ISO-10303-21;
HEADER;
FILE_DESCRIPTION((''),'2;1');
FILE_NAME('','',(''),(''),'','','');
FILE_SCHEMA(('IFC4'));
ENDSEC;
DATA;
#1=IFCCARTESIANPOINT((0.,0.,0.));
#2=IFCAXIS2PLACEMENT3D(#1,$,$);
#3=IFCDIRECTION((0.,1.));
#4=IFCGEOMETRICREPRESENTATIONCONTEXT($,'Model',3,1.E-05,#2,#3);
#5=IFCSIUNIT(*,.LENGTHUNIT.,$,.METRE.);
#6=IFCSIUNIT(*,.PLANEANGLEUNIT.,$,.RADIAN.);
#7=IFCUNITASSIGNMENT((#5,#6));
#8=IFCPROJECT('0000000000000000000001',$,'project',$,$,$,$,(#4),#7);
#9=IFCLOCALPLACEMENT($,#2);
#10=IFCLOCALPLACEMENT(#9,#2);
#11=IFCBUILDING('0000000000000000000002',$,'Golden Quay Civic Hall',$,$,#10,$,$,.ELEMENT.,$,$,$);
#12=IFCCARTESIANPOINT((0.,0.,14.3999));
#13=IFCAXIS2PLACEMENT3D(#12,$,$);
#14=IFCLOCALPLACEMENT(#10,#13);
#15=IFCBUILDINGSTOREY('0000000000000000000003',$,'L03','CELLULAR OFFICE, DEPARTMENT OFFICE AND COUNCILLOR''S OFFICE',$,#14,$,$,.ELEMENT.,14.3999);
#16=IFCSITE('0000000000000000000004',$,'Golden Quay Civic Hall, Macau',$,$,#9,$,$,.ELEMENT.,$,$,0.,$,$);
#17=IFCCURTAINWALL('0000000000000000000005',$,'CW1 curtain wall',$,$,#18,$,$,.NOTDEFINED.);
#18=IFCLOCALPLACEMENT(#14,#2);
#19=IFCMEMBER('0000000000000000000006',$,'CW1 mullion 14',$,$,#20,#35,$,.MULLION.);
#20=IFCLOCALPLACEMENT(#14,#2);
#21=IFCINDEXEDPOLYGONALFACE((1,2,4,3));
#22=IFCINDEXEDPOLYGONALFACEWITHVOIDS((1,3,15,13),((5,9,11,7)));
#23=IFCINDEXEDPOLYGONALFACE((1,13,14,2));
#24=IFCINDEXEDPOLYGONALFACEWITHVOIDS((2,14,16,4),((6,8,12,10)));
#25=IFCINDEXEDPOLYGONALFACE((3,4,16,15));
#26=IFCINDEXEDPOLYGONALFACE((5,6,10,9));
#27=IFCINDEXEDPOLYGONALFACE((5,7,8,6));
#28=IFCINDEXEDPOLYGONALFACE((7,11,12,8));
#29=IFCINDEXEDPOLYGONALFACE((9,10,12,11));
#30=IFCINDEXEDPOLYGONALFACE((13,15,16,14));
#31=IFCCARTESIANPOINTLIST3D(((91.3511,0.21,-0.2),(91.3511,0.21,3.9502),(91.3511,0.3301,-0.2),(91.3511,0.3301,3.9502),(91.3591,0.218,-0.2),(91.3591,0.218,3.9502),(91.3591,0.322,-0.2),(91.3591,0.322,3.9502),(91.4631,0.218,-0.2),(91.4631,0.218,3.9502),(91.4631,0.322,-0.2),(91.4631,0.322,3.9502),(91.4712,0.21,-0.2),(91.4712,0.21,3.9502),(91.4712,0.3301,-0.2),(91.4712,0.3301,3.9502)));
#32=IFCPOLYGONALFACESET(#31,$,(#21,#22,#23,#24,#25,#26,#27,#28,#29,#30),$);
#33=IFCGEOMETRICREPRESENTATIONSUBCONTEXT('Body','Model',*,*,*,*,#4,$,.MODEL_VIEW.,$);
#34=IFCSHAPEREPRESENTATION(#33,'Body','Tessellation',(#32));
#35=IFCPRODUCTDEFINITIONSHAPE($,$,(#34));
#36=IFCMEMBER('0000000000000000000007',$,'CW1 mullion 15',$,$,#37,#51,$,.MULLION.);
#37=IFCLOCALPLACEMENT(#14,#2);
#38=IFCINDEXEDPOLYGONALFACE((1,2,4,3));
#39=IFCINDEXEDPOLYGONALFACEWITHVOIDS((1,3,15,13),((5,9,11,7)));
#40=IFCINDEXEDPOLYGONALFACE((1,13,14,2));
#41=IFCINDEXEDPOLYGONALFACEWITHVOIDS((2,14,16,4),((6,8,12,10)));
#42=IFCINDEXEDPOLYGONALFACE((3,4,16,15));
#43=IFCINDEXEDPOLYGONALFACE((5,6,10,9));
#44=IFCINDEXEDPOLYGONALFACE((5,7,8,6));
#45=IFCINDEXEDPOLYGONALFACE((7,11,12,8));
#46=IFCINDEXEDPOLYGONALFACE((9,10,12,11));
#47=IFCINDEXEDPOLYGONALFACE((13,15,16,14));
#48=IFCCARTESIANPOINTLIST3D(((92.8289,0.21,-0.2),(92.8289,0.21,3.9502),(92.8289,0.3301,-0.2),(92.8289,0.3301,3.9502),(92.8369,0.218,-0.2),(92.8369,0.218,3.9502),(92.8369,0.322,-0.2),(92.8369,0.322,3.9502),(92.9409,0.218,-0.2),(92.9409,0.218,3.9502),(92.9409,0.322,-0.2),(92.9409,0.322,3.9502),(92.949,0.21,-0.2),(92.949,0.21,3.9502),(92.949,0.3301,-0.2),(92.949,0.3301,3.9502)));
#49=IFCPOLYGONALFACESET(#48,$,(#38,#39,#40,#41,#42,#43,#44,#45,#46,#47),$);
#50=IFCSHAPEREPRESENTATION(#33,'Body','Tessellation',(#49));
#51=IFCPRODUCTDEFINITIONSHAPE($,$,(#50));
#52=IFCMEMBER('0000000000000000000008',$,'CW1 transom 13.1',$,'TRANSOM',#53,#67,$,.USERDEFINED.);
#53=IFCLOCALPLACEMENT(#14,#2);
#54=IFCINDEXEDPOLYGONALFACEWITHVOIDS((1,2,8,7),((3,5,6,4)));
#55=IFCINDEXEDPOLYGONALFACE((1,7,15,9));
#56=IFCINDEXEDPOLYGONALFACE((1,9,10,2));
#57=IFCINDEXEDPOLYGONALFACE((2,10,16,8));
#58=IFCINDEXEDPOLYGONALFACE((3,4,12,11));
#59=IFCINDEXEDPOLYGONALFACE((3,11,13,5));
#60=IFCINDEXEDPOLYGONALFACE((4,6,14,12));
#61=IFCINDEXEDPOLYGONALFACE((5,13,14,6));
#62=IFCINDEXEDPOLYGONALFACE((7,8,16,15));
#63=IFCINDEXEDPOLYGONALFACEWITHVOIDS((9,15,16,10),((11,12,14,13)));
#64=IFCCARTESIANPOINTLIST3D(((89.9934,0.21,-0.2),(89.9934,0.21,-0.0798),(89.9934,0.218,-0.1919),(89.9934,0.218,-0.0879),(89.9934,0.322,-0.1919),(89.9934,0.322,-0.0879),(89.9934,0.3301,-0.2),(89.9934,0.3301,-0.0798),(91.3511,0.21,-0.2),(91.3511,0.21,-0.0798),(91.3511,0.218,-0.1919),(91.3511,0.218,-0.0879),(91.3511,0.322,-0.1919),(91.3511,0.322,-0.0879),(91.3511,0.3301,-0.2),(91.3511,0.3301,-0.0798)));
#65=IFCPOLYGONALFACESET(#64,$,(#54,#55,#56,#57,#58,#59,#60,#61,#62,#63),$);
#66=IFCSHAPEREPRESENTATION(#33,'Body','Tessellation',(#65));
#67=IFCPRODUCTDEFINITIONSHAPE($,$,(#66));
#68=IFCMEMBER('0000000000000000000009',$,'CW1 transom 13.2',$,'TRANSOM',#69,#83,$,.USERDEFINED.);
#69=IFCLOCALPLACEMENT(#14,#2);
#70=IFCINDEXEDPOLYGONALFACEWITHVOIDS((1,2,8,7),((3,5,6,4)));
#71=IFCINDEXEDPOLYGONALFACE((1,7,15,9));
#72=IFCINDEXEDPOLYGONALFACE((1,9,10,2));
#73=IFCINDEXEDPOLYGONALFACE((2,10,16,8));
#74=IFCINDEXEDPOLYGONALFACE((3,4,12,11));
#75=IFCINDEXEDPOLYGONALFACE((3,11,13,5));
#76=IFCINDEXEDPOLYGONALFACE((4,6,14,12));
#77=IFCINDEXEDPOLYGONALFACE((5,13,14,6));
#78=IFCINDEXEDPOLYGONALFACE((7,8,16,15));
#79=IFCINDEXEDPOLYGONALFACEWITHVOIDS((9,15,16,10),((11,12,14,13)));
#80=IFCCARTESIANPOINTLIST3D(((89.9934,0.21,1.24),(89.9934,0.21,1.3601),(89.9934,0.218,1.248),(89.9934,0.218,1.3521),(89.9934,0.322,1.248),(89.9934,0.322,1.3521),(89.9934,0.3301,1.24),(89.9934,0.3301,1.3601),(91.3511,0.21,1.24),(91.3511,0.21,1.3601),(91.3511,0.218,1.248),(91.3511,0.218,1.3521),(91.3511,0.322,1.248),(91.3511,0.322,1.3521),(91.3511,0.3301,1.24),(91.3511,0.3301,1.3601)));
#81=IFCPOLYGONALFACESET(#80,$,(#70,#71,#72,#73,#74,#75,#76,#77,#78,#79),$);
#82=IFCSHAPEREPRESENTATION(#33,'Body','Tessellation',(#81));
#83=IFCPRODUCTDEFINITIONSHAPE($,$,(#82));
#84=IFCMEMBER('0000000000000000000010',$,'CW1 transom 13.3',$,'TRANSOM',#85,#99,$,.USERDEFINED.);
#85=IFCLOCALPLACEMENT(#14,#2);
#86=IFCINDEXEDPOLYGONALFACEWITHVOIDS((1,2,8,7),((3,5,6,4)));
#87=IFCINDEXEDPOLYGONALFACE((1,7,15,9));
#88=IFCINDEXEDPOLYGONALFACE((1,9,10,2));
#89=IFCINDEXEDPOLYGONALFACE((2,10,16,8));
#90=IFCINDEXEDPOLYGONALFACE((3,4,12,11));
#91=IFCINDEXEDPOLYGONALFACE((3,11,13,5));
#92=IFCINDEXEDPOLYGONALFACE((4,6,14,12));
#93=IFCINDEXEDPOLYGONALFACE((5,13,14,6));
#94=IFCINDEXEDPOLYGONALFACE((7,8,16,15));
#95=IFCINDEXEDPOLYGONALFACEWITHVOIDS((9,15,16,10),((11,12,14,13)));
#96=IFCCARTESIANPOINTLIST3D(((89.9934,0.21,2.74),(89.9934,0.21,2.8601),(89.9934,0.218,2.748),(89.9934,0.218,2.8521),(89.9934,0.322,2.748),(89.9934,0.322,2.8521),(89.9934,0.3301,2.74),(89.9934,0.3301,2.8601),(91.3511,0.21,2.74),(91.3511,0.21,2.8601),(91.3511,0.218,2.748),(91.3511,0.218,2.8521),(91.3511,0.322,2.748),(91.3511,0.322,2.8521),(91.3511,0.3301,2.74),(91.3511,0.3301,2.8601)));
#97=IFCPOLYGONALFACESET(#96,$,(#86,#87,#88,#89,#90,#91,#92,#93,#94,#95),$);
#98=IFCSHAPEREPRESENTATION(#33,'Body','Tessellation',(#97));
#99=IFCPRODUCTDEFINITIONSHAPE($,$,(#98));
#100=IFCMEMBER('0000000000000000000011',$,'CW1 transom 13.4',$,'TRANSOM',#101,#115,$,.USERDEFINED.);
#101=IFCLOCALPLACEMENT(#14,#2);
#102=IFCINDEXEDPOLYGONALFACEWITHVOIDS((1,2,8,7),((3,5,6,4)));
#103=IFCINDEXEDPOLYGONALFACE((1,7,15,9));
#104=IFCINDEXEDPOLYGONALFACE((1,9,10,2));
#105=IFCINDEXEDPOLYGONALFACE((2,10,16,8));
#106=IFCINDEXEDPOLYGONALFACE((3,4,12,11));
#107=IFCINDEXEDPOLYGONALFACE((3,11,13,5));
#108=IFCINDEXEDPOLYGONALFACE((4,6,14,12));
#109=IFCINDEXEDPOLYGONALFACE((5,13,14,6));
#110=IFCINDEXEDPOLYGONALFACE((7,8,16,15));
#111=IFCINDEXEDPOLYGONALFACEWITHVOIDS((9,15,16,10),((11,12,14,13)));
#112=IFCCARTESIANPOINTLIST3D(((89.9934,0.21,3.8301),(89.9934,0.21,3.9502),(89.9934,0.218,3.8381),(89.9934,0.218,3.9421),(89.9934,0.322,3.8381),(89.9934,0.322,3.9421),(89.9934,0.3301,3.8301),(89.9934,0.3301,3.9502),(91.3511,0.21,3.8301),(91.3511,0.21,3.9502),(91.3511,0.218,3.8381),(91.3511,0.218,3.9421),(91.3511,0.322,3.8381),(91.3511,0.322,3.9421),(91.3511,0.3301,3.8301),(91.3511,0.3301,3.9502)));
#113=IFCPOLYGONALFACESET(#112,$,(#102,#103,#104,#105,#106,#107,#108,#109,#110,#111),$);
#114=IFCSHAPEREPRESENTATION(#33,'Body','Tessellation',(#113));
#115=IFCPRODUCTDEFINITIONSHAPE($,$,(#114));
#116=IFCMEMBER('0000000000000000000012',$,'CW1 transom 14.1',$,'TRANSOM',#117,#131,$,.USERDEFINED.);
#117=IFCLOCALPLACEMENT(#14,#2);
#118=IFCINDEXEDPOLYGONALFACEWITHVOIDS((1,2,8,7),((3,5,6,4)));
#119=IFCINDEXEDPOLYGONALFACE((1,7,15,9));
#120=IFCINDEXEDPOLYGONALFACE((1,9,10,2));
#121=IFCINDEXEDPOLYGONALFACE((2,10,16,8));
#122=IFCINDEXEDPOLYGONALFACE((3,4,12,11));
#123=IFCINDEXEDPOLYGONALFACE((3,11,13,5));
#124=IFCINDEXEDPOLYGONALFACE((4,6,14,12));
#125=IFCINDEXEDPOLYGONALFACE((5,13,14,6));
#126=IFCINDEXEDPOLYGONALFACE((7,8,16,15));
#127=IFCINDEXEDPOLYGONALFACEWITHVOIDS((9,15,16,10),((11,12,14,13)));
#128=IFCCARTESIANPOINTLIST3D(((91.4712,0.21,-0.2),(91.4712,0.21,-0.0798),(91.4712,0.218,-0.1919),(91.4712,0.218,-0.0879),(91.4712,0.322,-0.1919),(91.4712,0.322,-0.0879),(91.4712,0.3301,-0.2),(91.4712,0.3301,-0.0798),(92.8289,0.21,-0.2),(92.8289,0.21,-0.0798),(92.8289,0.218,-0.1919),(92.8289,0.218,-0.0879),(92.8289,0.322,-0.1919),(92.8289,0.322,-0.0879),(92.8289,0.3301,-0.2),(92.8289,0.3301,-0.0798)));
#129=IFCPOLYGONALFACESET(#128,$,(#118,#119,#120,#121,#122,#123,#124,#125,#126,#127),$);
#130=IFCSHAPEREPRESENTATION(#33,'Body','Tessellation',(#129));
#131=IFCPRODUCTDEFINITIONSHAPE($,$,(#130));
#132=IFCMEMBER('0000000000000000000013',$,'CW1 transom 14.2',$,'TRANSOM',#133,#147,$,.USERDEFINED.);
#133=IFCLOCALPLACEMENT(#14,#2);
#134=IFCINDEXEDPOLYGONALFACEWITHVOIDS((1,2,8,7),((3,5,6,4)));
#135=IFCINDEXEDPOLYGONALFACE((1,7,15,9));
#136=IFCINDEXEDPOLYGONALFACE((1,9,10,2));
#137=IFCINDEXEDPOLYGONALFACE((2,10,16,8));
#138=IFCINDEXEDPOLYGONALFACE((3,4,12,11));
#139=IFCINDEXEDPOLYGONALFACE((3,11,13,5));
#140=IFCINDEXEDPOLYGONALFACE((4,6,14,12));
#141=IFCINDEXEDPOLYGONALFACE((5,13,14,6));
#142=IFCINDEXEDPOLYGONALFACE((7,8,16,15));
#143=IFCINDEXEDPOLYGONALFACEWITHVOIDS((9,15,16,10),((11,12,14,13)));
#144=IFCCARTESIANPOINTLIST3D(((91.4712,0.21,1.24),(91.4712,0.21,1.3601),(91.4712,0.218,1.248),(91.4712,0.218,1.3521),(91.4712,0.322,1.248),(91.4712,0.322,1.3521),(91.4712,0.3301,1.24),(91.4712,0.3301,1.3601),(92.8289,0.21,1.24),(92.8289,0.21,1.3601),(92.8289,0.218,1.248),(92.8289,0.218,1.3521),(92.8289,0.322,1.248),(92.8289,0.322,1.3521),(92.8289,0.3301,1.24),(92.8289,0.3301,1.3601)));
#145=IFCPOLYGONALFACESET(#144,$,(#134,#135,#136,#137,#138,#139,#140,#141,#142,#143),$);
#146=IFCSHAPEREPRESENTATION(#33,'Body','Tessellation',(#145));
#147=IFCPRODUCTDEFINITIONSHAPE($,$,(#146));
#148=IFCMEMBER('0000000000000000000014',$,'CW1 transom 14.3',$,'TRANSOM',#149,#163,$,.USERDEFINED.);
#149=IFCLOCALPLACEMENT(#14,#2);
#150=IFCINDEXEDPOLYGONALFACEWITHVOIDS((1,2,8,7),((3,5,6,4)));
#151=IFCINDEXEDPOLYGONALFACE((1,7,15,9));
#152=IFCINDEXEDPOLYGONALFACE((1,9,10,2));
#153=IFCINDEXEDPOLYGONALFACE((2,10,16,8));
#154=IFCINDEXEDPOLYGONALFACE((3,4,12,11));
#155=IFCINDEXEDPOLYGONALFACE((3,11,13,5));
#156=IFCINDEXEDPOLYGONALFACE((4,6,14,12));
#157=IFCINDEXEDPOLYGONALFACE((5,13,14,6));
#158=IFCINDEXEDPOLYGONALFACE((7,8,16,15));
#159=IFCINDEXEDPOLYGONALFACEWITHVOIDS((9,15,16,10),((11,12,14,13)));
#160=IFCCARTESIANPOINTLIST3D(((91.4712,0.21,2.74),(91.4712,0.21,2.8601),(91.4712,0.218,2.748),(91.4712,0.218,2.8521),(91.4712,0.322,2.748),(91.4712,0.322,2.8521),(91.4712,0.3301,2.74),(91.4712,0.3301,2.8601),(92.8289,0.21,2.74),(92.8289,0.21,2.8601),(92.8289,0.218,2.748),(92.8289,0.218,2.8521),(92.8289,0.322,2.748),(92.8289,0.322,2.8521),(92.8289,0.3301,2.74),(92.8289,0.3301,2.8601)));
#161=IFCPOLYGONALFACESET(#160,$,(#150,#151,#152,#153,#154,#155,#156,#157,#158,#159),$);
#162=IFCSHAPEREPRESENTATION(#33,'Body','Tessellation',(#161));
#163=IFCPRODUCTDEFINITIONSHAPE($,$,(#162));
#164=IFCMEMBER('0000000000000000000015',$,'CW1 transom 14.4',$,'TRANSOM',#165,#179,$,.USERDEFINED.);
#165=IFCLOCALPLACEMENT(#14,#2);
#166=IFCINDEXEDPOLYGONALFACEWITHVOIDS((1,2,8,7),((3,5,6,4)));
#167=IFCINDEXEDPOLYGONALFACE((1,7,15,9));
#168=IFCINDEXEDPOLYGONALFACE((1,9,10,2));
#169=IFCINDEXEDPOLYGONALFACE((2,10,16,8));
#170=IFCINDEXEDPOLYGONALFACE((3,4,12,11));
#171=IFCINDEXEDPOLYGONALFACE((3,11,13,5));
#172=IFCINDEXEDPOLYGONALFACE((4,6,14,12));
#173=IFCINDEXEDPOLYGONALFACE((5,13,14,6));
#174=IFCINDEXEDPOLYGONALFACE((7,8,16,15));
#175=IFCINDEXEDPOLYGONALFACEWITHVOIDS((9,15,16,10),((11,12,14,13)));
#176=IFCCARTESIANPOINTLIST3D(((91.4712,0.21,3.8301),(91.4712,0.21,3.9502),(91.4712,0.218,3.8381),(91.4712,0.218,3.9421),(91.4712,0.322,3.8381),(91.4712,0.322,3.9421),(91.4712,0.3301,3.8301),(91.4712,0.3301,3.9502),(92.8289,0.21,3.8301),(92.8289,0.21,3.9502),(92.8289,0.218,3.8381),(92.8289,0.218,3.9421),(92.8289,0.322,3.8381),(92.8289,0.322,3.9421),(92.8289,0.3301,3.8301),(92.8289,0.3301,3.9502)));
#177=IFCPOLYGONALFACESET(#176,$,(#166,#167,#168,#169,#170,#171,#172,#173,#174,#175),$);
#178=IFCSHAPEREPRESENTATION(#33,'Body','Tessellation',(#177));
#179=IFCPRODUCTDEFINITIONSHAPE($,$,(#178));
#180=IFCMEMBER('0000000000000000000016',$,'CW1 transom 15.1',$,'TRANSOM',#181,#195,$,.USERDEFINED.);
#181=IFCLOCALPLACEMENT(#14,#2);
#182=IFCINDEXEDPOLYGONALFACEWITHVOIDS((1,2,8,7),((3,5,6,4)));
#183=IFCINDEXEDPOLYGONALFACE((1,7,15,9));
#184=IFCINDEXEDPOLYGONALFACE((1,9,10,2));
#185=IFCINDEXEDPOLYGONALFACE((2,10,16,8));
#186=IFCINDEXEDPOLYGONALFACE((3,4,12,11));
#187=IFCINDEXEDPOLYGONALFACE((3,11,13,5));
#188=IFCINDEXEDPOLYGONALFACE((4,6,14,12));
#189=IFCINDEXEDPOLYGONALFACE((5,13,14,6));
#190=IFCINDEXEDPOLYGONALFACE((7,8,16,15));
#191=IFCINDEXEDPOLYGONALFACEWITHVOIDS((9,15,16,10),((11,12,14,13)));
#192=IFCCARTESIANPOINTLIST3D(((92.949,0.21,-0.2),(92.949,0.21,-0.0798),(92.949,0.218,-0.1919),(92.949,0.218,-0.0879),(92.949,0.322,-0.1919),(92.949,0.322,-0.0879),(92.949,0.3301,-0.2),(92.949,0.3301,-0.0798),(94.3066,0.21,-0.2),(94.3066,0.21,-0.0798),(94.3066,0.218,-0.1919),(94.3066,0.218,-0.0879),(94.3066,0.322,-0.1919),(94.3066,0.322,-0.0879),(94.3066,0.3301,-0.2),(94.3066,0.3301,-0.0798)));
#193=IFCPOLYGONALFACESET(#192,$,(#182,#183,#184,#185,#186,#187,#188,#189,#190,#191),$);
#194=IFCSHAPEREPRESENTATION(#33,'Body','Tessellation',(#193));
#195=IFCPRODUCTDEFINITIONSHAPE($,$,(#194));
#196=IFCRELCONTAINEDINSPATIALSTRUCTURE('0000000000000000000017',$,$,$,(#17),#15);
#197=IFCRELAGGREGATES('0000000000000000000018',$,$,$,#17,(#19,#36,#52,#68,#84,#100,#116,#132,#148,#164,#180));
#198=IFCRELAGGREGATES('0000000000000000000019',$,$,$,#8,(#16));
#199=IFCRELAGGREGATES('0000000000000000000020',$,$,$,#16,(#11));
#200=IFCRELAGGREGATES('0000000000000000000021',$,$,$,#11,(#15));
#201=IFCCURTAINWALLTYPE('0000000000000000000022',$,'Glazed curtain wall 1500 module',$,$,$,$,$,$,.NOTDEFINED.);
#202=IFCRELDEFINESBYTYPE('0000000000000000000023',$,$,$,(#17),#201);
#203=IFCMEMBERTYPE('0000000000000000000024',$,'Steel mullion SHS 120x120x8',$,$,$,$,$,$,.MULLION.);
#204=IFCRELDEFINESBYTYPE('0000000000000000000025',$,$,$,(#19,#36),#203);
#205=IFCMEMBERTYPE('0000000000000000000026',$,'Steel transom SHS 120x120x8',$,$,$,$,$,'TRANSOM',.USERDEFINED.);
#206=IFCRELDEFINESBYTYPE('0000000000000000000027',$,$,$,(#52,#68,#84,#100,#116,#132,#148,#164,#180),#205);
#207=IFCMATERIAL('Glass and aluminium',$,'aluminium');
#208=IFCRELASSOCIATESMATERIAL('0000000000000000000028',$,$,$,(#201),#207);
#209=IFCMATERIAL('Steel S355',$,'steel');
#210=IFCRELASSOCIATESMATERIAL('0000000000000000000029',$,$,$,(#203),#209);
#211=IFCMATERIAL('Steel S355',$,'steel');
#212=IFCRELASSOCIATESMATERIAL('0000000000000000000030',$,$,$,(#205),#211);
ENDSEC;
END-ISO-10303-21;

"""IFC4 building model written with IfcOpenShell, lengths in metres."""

from ifc_helpers import new_model, si_unit, direction, frame, origin, origin_2d, place, context, subcontext, project, spatial, hollow_rectangle, extrude, material, material_profile, profile_set, type_object, element, aggregate, save


model = new_model("IFC4")

# Units and contexts
model_context = context("Model", 3, precision=1e-05, world=origin(), true_north=direction((0.0, 1.0)))
body_context = subcontext(model_context, "Body", "Model", "MODEL_VIEW")
ifc_project = project(units=[si_unit("LENGTHUNIT", "METRE"), si_unit("PLANEANGLEUNIT", "RADIAN")], contexts=[model_context])

# Site, building, storey
site_placement = place(None, origin())
site = spatial("IfcSite", under=ifc_project, at=site_placement, Name="Golden Quay Civic Hall, Macau", CompositionType="ELEMENT", RefElevation=0.0)
building_placement = place(site_placement, origin())
building = spatial("IfcBuilding", under=site, at=building_placement, Name="Golden Quay Civic Hall", CompositionType="ELEMENT")
storey_placement = place(building_placement, frame((0.0, 0.0, 14.3999)))
storey = spatial("IfcBuildingStorey", under=building, at=storey_placement, Name="L03", Description="CELLULAR OFFICE, DEPARTMENT OFFICE AND COUNCILLOR'S OFFICE", CompositionType="ELEMENT", Elevation=14.3999)

# Curtain wall, members
ifc_material_1 = material(Name="Glass and aluminium", Category="aluminium")
curtain_wall_type = type_object("IfcCurtainWallType", Name="Glazed curtain wall 1500 module", PredefinedType="NOTDEFINED", material=ifc_material_1)
curtain_wall_placement = place(storey_placement, origin())
curtain_wall = element("IfcCurtainWall", 1, at=curtain_wall_placement, inside=storey, type_object=curtain_wall_type, Name="CW1 curtain wall", PredefinedType="NOTDEFINED")
ifc_material_2 = material(Name="Steel S355", Category="steel")
ifc_material_profile_1 = material_profile(ifc_material_2, hollow_rectangle(XDim=0.1201, YDim=0.1201, WallThickness=0.0081, at=origin_2d()), Name="SHS 120x120x8")
ifc_profile_set_1 = profile_set([ifc_material_profile_1], Name="Steel S355")
member_type_1 = type_object("IfcMemberType", Name="Steel mullion SHS 120x120x8", PredefinedType="MULLION", material=ifc_profile_set_1)
member_1_placement = place(storey_placement, frame((91.4111, 0.27, -0.2), z_axis=(0.0, 0.0, 1.0), x_axis=(0.0, 1.0, 0.0)))
member_1 = element("IfcMember", 2, at=member_1_placement, type_object=member_type_1, Name="CW1 mullion 14", PredefinedType="MULLION", context=body_context, shape_type="SweptSolid", body=[
    extrude(hollow_rectangle(XDim=0.1201, YDim=0.1201, WallThickness=0.0081, at=origin_2d()), origin(), (0.0, 0.0, 1.0), 4.1501),
])
member_2_placement = place(storey_placement, frame((92.8889, 0.27, -0.2), z_axis=(0.0, 0.0, 1.0), x_axis=(0.0, 1.0, 0.0)))
member_2 = element("IfcMember", 3, at=member_2_placement, type_object=member_type_1, Name="CW1 mullion 15", PredefinedType="MULLION", context=body_context, shape_type="SweptSolid", body=[
    extrude(hollow_rectangle(XDim=0.1201, YDim=0.1201, WallThickness=0.0081, at=origin_2d()), origin(), (0.0, 0.0, 1.0), 4.1501),
])
ifc_material_3 = material(Name="Steel S355", Category="steel")
ifc_material_profile_2 = material_profile(ifc_material_3, hollow_rectangle(XDim=0.1201, YDim=0.1201, WallThickness=0.0081, at=origin_2d()), Name="SHS 120x120x8")
ifc_profile_set_2 = profile_set([ifc_material_profile_2], Name="Steel S355")
member_type_2 = type_object("IfcMemberType", Name="Steel transom SHS 120x120x8", ElementType="TRANSOM", PredefinedType="USERDEFINED", material=ifc_profile_set_2)
member_3_placement = place(storey_placement, frame((89.9934, 0.27, -0.1399), z_axis=(1.0, 0.0, 0.0), x_axis=(0.0, 1.0, 0.0)))
member_3 = element("IfcMember", 4, at=member_3_placement, type_object=member_type_2, Name="CW1 transom 13.1", ObjectType="TRANSOM", PredefinedType="USERDEFINED", context=body_context, shape_type="SweptSolid", body=[
    extrude(hollow_rectangle(XDim=0.1201, YDim=0.1201, WallThickness=0.0081, at=origin_2d()), origin(), (0.0, 0.0, 1.0), 1.3577),
])
member_4_placement = place(storey_placement, frame((89.9934, 0.27, 1.3), z_axis=(1.0, 0.0, 0.0), x_axis=(0.0, 1.0, 0.0)))
member_4 = element("IfcMember", 5, at=member_4_placement, type_object=member_type_2, Name="CW1 transom 13.2", ObjectType="TRANSOM", PredefinedType="USERDEFINED", context=body_context, shape_type="SweptSolid", body=[
    extrude(hollow_rectangle(XDim=0.1201, YDim=0.1201, WallThickness=0.0081, at=origin_2d()), origin(), (0.0, 0.0, 1.0), 1.3577),
])
member_5_placement = place(storey_placement, frame((89.9934, 0.27, 2.8), z_axis=(1.0, 0.0, 0.0), x_axis=(0.0, 1.0, 0.0)))
member_5 = element("IfcMember", 6, at=member_5_placement, type_object=member_type_2, Name="CW1 transom 13.3", ObjectType="TRANSOM", PredefinedType="USERDEFINED", context=body_context, shape_type="SweptSolid", body=[
    extrude(hollow_rectangle(XDim=0.1201, YDim=0.1201, WallThickness=0.0081, at=origin_2d()), origin(), (0.0, 0.0, 1.0), 1.3577),
])
member_6_placement = place(storey_placement, frame((89.9934, 0.27, 3.8901), z_axis=(1.0, 0.0, 0.0), x_axis=(0.0, 1.0, 0.0)))
member_6 = element("IfcMember", 7, at=member_6_placement, type_object=member_type_2, Name="CW1 transom 13.4", ObjectType="TRANSOM", PredefinedType="USERDEFINED", context=body_context, shape_type="SweptSolid", body=[
    extrude(hollow_rectangle(XDim=0.1201, YDim=0.1201, WallThickness=0.0081, at=origin_2d()), origin(), (0.0, 0.0, 1.0), 1.3577),
])
member_7_placement = place(storey_placement, frame((91.4712, 0.27, -0.1399), z_axis=(1.0, 0.0, 0.0), x_axis=(0.0, 1.0, 0.0)))
member_7 = element("IfcMember", 8, at=member_7_placement, type_object=member_type_2, Name="CW1 transom 14.1", ObjectType="TRANSOM", PredefinedType="USERDEFINED", context=body_context, shape_type="SweptSolid", body=[
    extrude(hollow_rectangle(XDim=0.1201, YDim=0.1201, WallThickness=0.0081, at=origin_2d()), origin(), (0.0, 0.0, 1.0), 1.3577),
])
member_8_placement = place(storey_placement, frame((91.4712, 0.27, 1.3), z_axis=(1.0, 0.0, 0.0), x_axis=(0.0, 1.0, 0.0)))
member_8 = element("IfcMember", 9, at=member_8_placement, type_object=member_type_2, Name="CW1 transom 14.2", ObjectType="TRANSOM", PredefinedType="USERDEFINED", context=body_context, shape_type="SweptSolid", body=[
    extrude(hollow_rectangle(XDim=0.1201, YDim=0.1201, WallThickness=0.0081, at=origin_2d()), origin(), (0.0, 0.0, 1.0), 1.3577),
])
member_9_placement = place(storey_placement, frame((91.4712, 0.27, 2.8), z_axis=(1.0, 0.0, 0.0), x_axis=(0.0, 1.0, 0.0)))
member_9 = element("IfcMember", 10, at=member_9_placement, type_object=member_type_2, Name="CW1 transom 14.3", ObjectType="TRANSOM", PredefinedType="USERDEFINED", context=body_context, shape_type="SweptSolid", body=[
    extrude(hollow_rectangle(XDim=0.1201, YDim=0.1201, WallThickness=0.0081, at=origin_2d()), origin(), (0.0, 0.0, 1.0), 1.3577),
])
member_10_placement = place(storey_placement, frame((91.4712, 0.27, 3.8901), z_axis=(1.0, 0.0, 0.0), x_axis=(0.0, 1.0, 0.0)))
member_10 = element("IfcMember", 11, at=member_10_placement, type_object=member_type_2, Name="CW1 transom 14.4", ObjectType="TRANSOM", PredefinedType="USERDEFINED", context=body_context, shape_type="SweptSolid", body=[
    extrude(hollow_rectangle(XDim=0.1201, YDim=0.1201, WallThickness=0.0081, at=origin_2d()), origin(), (0.0, 0.0, 1.0), 1.3577),
])
member_11_placement = place(storey_placement, frame((92.949, 0.27, -0.1399), z_axis=(1.0, 0.0, 0.0), x_axis=(0.0, 1.0, 0.0)))
member_11 = element("IfcMember", 12, at=member_11_placement, type_object=member_type_2, Name="CW1 transom 15.1", ObjectType="TRANSOM", PredefinedType="USERDEFINED", context=body_context, shape_type="SweptSolid", body=[
    extrude(hollow_rectangle(XDim=0.1201, YDim=0.1201, WallThickness=0.0081, at=origin_2d()), origin(), (0.0, 0.0, 1.0), 1.3577),
])
aggregate(curtain_wall, [member_1, member_2, member_3, member_4, member_5, member_6, member_7, member_8, member_9, member_10, member_11])

save(model, "model.ifc")
